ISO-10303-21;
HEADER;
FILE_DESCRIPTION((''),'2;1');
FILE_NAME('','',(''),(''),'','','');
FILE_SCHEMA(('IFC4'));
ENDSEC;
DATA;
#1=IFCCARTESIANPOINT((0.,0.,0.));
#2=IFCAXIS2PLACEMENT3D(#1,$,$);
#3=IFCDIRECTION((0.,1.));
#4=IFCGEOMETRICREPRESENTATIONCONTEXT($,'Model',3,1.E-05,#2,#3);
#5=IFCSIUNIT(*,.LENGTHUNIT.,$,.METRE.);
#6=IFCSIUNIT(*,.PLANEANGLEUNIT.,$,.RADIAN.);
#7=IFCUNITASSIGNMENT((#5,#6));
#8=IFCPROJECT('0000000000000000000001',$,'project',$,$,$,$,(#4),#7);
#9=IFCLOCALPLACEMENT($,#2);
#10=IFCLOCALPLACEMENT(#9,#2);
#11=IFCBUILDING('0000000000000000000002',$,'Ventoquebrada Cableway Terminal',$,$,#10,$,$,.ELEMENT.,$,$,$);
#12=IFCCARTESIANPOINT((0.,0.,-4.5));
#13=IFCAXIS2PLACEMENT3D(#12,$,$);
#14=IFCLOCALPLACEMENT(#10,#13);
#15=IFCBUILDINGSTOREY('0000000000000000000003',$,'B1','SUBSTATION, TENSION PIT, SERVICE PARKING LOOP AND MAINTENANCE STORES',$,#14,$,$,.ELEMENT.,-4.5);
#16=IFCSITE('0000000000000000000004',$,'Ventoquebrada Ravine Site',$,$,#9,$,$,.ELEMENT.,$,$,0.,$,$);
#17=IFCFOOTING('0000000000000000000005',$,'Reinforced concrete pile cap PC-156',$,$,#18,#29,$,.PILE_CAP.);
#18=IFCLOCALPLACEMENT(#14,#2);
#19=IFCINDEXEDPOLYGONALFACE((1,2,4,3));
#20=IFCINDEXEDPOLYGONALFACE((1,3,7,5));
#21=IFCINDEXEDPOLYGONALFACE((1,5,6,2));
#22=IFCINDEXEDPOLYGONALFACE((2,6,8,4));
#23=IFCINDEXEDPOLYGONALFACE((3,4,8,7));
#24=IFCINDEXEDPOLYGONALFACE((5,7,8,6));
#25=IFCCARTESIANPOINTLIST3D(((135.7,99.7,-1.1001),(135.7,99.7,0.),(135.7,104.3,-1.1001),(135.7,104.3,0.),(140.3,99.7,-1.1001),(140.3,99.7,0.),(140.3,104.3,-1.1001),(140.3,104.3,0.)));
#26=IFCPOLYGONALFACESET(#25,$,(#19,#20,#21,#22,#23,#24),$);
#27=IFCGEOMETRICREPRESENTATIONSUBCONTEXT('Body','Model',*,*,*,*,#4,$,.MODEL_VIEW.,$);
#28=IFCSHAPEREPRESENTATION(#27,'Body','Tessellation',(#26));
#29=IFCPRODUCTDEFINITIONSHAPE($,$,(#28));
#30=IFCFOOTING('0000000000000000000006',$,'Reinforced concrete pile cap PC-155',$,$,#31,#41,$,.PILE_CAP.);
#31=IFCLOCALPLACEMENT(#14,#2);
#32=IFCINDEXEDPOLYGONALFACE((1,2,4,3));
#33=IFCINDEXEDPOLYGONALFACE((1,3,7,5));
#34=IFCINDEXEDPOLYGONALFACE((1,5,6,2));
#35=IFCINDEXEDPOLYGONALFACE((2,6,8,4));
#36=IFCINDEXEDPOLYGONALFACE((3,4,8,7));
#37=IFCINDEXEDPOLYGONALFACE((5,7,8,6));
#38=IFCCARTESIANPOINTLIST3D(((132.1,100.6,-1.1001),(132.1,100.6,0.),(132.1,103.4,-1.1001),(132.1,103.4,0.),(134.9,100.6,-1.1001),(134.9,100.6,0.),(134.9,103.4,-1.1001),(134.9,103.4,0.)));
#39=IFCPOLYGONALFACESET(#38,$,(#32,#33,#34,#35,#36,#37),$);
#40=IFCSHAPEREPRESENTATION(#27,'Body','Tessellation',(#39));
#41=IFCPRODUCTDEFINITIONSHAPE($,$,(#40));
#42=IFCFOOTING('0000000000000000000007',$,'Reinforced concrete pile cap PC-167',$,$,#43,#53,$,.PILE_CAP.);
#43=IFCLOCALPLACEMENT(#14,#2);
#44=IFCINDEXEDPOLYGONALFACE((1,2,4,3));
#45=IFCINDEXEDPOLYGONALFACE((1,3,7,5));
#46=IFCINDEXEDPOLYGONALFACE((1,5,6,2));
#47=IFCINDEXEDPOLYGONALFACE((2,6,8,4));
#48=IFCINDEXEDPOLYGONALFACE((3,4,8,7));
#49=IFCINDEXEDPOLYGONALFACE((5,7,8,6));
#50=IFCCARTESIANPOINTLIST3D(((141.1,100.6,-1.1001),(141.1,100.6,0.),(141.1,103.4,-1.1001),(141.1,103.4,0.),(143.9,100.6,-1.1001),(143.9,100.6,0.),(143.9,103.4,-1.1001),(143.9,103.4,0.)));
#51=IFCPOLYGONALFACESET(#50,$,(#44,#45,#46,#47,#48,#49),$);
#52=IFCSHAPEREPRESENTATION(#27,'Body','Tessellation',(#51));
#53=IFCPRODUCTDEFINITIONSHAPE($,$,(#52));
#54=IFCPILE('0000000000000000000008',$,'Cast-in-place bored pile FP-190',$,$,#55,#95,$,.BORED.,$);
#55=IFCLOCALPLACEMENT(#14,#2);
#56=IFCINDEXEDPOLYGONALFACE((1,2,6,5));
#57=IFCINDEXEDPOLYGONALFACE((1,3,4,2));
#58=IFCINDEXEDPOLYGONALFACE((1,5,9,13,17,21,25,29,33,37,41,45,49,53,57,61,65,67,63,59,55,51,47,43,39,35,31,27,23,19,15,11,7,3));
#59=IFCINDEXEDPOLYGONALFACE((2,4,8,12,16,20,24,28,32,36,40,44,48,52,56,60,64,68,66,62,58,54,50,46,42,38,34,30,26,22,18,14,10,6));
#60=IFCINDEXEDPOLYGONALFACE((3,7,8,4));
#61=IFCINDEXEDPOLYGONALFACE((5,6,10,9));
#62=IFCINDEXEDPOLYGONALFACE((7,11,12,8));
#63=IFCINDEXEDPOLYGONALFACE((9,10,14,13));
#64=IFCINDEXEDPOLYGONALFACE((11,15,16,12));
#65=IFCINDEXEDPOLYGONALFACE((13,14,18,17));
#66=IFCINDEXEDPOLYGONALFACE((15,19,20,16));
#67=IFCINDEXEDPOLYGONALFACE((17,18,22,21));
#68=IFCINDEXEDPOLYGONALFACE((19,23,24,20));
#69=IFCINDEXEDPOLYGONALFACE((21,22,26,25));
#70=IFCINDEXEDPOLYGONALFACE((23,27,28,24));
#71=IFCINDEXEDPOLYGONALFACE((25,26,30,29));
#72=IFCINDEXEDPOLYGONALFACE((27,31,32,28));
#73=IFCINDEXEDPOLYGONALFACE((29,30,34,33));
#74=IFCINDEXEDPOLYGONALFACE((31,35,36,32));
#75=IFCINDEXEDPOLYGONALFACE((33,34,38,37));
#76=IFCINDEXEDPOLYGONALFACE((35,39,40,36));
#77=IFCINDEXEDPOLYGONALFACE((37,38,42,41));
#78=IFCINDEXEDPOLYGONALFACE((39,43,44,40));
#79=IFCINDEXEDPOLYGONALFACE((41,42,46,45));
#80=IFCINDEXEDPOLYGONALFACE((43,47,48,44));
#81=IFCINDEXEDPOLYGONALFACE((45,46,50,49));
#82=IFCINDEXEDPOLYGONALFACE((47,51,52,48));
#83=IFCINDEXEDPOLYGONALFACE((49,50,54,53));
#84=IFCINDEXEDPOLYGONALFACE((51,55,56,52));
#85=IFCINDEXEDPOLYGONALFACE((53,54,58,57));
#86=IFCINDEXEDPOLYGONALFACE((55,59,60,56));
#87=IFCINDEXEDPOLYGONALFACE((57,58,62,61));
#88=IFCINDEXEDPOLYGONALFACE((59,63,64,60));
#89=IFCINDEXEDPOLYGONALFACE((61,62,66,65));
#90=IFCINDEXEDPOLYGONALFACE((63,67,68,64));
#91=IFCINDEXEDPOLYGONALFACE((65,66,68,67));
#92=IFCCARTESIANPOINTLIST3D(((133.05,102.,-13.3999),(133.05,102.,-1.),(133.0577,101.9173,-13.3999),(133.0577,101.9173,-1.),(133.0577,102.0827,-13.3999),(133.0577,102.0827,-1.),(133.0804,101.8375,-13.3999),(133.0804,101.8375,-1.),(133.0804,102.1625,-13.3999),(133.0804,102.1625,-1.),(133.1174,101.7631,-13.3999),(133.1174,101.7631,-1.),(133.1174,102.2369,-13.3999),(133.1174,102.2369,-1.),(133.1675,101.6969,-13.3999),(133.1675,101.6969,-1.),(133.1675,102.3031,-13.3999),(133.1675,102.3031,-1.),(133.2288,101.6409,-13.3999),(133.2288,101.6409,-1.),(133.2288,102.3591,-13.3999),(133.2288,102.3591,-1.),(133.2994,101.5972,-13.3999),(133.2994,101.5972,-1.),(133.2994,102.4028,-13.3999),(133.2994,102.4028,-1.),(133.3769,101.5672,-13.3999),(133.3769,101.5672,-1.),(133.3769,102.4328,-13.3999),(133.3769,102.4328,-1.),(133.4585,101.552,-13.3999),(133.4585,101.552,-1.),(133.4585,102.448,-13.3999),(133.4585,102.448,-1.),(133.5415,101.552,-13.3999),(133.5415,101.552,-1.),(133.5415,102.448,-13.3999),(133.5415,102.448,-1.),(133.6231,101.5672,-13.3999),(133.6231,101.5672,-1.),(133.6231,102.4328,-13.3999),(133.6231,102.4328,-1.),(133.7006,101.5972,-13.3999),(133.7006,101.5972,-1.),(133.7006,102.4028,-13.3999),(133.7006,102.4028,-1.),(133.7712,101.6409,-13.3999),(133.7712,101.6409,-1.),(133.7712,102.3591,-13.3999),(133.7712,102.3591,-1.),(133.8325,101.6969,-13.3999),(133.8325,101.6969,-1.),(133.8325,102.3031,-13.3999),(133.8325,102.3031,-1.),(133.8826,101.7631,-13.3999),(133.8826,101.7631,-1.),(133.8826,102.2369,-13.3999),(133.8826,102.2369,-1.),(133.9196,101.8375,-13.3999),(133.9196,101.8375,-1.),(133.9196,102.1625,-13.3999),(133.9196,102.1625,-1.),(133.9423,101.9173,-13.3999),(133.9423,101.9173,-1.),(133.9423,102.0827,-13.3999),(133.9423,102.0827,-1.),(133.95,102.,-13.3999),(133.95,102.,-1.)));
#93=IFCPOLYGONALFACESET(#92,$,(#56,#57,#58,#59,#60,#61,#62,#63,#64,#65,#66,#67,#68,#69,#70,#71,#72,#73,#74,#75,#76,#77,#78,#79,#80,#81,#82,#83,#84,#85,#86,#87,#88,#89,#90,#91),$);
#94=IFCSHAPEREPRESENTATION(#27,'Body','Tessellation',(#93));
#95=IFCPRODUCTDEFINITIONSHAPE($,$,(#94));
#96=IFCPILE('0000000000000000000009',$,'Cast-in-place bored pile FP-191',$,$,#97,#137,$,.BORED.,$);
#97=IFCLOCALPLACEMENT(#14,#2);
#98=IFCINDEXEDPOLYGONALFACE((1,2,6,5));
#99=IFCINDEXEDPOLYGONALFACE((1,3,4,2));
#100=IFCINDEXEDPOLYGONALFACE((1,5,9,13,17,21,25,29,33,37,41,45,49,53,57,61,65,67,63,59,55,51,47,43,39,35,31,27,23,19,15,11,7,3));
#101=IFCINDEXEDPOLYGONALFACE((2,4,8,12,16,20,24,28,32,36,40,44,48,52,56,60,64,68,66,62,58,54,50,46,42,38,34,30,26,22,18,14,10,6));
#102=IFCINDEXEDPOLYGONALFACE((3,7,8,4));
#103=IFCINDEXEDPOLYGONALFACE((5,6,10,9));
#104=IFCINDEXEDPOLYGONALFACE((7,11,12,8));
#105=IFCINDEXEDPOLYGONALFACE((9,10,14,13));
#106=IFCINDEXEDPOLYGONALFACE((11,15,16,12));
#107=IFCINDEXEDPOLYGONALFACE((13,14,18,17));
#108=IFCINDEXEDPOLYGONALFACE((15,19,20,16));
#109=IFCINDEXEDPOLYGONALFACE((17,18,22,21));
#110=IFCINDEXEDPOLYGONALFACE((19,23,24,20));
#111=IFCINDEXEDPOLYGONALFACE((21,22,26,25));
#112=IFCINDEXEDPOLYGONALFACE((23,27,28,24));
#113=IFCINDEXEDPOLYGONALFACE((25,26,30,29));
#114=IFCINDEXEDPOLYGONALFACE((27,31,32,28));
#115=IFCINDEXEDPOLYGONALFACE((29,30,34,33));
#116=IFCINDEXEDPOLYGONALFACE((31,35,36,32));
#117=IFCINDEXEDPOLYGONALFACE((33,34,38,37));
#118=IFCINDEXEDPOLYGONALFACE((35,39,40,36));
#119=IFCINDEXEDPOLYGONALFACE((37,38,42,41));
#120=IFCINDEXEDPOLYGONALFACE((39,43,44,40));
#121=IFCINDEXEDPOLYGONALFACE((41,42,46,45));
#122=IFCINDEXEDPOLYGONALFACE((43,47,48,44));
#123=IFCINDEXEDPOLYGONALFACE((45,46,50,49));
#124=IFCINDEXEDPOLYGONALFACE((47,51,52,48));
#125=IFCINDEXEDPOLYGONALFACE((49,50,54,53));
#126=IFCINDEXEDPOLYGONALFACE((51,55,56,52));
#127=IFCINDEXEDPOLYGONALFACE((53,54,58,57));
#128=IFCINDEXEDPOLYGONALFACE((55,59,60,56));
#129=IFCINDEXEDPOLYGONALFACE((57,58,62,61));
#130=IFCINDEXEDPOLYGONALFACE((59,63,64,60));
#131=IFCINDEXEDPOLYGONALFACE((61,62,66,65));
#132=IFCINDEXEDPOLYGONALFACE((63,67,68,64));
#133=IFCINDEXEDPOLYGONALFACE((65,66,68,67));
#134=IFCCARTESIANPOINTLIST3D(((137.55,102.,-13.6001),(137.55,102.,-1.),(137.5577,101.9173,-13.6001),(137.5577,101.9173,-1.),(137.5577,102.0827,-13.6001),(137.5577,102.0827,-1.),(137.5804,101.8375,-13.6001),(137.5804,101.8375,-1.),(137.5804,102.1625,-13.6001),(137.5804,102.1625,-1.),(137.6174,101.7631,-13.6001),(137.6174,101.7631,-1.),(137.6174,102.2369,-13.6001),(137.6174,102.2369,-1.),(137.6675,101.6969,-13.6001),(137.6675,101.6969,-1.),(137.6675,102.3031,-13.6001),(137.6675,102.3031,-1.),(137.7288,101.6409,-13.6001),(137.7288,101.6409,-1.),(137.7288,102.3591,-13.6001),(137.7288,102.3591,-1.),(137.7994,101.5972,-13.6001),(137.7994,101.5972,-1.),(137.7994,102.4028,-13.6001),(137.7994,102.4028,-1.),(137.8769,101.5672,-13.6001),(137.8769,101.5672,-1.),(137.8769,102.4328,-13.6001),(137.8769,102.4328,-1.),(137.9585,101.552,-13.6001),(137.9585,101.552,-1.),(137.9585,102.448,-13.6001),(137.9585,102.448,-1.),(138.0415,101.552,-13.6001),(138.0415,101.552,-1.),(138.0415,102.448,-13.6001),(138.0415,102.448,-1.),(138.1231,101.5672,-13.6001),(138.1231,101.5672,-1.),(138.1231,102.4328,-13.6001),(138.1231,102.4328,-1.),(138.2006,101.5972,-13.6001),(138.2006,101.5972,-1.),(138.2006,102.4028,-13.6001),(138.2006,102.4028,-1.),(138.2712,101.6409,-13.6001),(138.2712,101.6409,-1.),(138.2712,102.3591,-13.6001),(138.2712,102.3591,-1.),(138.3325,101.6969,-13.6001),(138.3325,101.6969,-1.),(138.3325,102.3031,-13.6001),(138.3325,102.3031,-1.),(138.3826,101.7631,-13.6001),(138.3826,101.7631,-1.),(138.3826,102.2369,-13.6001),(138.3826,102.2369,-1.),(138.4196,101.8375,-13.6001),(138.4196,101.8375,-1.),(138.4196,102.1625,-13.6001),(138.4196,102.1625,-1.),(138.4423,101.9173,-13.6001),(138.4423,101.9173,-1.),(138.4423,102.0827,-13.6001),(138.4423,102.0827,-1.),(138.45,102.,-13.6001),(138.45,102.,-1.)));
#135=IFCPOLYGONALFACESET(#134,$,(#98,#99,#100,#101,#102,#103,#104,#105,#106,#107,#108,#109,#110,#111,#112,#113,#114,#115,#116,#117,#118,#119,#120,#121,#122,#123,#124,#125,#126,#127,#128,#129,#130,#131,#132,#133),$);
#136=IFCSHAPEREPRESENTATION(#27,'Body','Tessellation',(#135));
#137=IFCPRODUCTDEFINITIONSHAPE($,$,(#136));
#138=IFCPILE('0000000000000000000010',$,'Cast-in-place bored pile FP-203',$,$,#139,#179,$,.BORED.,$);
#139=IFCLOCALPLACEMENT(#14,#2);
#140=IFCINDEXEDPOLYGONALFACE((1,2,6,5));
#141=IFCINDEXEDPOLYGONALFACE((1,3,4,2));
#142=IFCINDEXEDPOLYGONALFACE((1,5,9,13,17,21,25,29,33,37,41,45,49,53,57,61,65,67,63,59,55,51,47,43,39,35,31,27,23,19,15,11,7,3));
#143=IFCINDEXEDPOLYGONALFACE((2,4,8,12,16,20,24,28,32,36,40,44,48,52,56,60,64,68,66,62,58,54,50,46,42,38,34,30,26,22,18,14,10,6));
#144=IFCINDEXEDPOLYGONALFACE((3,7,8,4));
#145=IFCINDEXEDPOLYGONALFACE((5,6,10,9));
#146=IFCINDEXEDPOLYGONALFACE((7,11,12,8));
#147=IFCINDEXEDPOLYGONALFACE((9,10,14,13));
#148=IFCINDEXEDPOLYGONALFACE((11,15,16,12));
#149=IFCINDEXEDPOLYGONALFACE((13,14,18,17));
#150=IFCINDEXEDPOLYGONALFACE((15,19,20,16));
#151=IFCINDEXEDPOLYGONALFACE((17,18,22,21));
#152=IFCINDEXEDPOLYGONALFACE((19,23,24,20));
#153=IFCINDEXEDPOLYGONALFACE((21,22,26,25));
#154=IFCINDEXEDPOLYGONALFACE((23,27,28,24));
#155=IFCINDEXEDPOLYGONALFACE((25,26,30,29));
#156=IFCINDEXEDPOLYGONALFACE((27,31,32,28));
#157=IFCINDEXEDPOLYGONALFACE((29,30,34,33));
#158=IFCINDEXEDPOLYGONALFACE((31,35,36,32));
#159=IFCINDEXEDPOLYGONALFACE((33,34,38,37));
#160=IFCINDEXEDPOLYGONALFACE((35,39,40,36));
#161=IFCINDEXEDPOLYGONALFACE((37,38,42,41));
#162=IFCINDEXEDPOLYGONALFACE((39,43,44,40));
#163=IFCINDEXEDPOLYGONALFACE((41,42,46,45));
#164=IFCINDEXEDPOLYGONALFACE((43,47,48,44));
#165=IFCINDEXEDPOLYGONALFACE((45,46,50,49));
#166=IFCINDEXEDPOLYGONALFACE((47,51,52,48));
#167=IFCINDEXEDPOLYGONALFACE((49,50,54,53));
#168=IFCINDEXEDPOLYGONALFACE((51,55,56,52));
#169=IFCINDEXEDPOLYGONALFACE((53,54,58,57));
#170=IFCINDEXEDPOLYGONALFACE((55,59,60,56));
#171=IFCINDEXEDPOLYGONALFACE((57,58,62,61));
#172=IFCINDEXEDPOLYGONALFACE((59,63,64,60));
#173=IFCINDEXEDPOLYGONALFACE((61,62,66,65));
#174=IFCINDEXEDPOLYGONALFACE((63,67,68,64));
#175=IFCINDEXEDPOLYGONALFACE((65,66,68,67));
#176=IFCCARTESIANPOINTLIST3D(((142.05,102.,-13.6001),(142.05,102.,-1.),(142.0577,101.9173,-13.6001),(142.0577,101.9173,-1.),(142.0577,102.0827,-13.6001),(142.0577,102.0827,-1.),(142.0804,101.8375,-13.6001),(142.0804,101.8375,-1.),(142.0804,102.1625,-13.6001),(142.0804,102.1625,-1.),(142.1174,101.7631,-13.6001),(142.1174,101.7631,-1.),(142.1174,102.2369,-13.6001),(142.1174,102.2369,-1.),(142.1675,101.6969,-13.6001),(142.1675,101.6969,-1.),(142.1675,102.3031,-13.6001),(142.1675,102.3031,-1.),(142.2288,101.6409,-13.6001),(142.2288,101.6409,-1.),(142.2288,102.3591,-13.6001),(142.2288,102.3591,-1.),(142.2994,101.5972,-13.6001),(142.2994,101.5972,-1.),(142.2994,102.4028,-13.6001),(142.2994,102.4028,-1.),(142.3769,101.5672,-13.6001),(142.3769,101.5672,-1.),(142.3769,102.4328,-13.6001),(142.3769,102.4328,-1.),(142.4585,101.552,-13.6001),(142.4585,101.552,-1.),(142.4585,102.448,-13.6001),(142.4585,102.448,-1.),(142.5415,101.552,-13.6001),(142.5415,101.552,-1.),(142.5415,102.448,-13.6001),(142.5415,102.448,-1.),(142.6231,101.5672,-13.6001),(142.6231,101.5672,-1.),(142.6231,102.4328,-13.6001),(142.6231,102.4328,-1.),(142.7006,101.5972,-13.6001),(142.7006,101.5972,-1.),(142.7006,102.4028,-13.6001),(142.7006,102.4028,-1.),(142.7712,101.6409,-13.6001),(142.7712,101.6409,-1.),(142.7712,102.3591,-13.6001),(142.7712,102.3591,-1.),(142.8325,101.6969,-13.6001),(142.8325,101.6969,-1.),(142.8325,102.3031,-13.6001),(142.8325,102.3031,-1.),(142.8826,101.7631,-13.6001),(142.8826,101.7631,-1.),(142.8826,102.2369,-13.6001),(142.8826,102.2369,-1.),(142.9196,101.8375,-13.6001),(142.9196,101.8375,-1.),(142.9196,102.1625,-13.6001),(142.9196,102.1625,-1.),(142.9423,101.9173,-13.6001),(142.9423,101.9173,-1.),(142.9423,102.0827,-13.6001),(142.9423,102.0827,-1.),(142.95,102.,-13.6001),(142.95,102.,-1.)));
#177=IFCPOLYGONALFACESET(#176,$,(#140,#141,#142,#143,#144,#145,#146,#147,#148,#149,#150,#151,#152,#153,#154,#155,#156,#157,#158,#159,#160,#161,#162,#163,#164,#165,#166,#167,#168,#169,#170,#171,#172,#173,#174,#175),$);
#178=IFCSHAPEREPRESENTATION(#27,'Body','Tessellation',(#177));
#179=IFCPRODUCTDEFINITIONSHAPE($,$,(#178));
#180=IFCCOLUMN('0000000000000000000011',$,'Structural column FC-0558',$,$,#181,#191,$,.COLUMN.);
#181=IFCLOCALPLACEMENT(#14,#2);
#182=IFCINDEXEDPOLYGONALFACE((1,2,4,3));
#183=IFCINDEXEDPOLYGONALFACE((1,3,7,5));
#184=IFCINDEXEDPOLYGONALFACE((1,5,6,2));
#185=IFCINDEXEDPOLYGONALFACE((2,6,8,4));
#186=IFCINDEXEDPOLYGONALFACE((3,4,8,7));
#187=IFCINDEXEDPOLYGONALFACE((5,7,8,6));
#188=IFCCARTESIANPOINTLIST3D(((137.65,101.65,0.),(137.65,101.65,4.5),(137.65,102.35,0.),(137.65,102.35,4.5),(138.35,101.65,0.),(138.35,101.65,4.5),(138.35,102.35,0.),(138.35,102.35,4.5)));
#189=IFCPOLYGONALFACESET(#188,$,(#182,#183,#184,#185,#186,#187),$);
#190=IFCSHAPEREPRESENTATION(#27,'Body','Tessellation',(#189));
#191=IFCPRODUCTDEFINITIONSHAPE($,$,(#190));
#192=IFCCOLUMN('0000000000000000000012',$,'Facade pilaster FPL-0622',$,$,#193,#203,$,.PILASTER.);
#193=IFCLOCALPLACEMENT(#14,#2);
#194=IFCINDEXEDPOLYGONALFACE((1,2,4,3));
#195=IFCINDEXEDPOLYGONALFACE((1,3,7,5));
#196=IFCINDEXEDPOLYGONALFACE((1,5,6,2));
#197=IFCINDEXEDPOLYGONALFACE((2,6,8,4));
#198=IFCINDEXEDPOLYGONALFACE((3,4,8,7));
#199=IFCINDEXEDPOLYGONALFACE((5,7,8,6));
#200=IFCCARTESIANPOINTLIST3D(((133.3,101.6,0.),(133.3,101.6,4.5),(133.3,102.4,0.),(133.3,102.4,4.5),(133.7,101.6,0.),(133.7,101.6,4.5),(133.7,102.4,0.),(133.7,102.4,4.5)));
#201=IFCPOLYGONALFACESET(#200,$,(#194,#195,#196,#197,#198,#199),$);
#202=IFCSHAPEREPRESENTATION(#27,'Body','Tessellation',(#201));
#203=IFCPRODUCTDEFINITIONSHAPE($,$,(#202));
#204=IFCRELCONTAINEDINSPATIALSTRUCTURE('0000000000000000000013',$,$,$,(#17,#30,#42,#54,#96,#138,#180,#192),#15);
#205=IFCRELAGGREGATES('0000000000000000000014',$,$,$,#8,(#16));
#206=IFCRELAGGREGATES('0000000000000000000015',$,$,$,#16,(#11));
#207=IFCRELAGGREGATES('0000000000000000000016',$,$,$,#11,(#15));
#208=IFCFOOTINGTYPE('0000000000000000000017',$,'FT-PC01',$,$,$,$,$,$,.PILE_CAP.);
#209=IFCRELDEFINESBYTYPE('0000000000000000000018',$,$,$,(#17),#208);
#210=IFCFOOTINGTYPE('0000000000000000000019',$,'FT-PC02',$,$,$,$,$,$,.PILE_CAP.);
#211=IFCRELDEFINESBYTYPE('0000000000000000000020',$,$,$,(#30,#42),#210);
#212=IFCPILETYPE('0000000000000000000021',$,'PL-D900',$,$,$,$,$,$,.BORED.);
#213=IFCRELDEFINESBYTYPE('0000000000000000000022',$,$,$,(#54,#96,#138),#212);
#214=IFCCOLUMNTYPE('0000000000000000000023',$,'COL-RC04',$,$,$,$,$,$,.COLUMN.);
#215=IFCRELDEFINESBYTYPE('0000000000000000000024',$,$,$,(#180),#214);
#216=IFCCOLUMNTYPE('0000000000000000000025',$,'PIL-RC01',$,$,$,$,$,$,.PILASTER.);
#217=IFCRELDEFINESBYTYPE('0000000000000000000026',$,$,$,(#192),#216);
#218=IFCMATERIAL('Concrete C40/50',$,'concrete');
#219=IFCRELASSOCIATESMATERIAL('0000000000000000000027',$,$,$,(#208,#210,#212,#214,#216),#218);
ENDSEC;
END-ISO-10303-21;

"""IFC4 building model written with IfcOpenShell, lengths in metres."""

from ifc_helpers import new_model, si_unit, direction, frame, origin, origin_2d, place, context, subcontext, project, spatial, rectangle, circle, extrude, material, material_profile, profile_set, type_object, element, save


model = new_model("IFC4")

# Units and contexts
model_context = context("Model", 3, precision=1e-05, world=origin(), true_north=direction((0.0, 1.0)))
body_context = subcontext(model_context, "Body", "Model", "MODEL_VIEW")
ifc_project = project(units=[si_unit("LENGTHUNIT", "METRE"), si_unit("PLANEANGLEUNIT", "RADIAN")], contexts=[model_context])

# Site, building, storey
site_placement = place(None, origin())
site = spatial("IfcSite", under=ifc_project, at=site_placement, Name="Ventoquebrada Ravine Site", CompositionType="ELEMENT", RefElevation=0.0)
building_placement = place(site_placement, origin())
building = spatial("IfcBuilding", under=site, at=building_placement, Name="Ventoquebrada Cableway Terminal", CompositionType="ELEMENT")
storey_placement = place(building_placement, frame((0.0, 0.0, -4.5)))
storey = spatial("IfcBuildingStorey", under=building, at=storey_placement, Name="B1", Description="SUBSTATION, TENSION PIT, SERVICE PARKING LOOP AND MAINTENANCE STORES", CompositionType="ELEMENT", Elevation=-4.5)

# Footings
ifc_material_1 = material(Name="Concrete C40/50", Category="concrete")
footing_type_1 = type_object("IfcFootingType", Name="FT-PC01", PredefinedType="PILE_CAP", material=ifc_material_1)
footing_placement = place(storey_placement, frame((138.0, 102.0, -1.1001), z_axis=(0.0, 0.0, 1.0), x_axis=(1.0, 0.0, 0.0)))
element("IfcFooting", 1, at=footing_placement, inside=storey, type_object=footing_type_1, Name="Reinforced concrete pile cap PC-156", PredefinedType="PILE_CAP", context=body_context, shape_type="SweptSolid", body=[
    extrude(rectangle(XDim=4.6001, YDim=4.6001, at=origin_2d()), origin(), (0.0, 0.0, 1.0), 1.1001),
])
footing_type_2 = type_object("IfcFootingType", Name="FT-PC02", PredefinedType="PILE_CAP", material=ifc_material_1)
for number, where, z_axis, x_axis, name in (
    (2, (133.5, 102.0, -1.1001), (0.0, 0.0, 1.0), (1.0, 0.0, 0.0), "Reinforced concrete pile cap PC-155"),
    (3, (142.5, 102.0, -1.1001), (0.0, 0.0, 1.0), (1.0, 0.0, 0.0), "Reinforced concrete pile cap PC-167"),
):
    element("IfcFooting", number, at=place(storey_placement, frame(where, z_axis=z_axis, x_axis=x_axis)), inside=storey, type_object=footing_type_2, Name=name, PredefinedType="PILE_CAP", context=body_context, shape_type="SweptSolid", body=[
        extrude(rectangle(XDim=2.8, YDim=2.8, at=origin_2d()), origin(), (0.0, 0.0, 1.0), 1.1001),
    ])

# Piles
ifc_material_profile_1 = material_profile(ifc_material_1, circle(Radius=0.45, at=origin_2d()), Name="PILE-D900")
ifc_profile_set_1 = profile_set([ifc_material_profile_1], Name="Concrete C40/50")
pile_type = type_object("IfcPileType", Name="PL-D900", PredefinedType="BORED", material=ifc_profile_set_1)
pile_placement = place(storey_placement, frame((133.5, 102.0, -1.0), z_axis=(0.0, 0.0, -1.0), x_axis=(1.0, 0.0, 0.0)))
element("IfcPile", 4, at=pile_placement, inside=storey, type_object=pile_type, Name="Cast-in-place bored pile FP-190", PredefinedType="BORED", context=body_context, shape_type="SweptSolid", body=[
    extrude(circle(Radius=0.45, at=origin_2d()), origin(), (0.0, 0.0, 1.0), 12.3999),
])
for number, where, z_axis, x_axis, name in (
    (5, (138.0, 102.0, -1.0), (0.0, 0.0, -1.0), (1.0, 0.0, 0.0), "Cast-in-place bored pile FP-191"),
    (6, (142.5, 102.0, -1.0), (0.0, 0.0, -1.0), (1.0, 0.0, 0.0), "Cast-in-place bored pile FP-203"),
):
    element("IfcPile", number, at=place(storey_placement, frame(where, z_axis=z_axis, x_axis=x_axis)), inside=storey, type_object=pile_type, Name=name, PredefinedType="BORED", context=body_context, shape_type="SweptSolid", body=[
        extrude(circle(Radius=0.45, at=origin_2d()), origin(), (0.0, 0.0, 1.0), 12.6001),
    ])

# Columns
ifc_material_profile_2 = material_profile(ifc_material_1, rectangle(XDim=0.7, YDim=0.7, at=origin_2d()), Name="RC-COL-700X700")
ifc_profile_set_2 = profile_set([ifc_material_profile_2], Name="Concrete C40/50")
column_type_1 = type_object("IfcColumnType", Name="COL-RC04", PredefinedType="COLUMN", material=ifc_profile_set_2)
column_placement = place(storey_placement, frame((138.0, 102.0, 0.0), z_axis=(0.0, 0.0, 1.0), x_axis=(1.0, 0.0, 0.0)))
element("IfcColumn", 7, at=column_placement, inside=storey, type_object=column_type_1, Name="Structural column FC-0558", PredefinedType="COLUMN", context=body_context, shape_type="SweptSolid", body=[
    extrude(rectangle(XDim=0.7, YDim=0.7, at=origin_2d()), origin(), (0.0, 0.0, 1.0), 4.5),
])
ifc_material_profile_3 = material_profile(ifc_material_1, rectangle(XDim=0.3999, YDim=0.8, at=origin_2d()), Name="RC-PIL-400X800")
ifc_profile_set_3 = profile_set([ifc_material_profile_3], Name="Concrete C40/50")
column_type_2 = type_object("IfcColumnType", Name="PIL-RC01", PredefinedType="PILASTER", material=ifc_profile_set_3)
for number, where, z_axis, x_axis, name in (
    (8, (133.5, 102.0, 0.0), (0.0, 0.0, 1.0), (1.0, 0.0, 0.0), "Facade pilaster FPL-0622"),
):
    element("IfcColumn", number, at=place(storey_placement, frame(where, z_axis=z_axis, x_axis=x_axis)), inside=storey, type_object=column_type_2, Name=name, PredefinedType="PILASTER", context=body_context, shape_type="SweptSolid", body=[
        extrude(rectangle(XDim=0.3999, YDim=0.8, at=origin_2d()), origin(), (0.0, 0.0, 1.0), 4.5),
    ])

save(model, "model.ifc")
